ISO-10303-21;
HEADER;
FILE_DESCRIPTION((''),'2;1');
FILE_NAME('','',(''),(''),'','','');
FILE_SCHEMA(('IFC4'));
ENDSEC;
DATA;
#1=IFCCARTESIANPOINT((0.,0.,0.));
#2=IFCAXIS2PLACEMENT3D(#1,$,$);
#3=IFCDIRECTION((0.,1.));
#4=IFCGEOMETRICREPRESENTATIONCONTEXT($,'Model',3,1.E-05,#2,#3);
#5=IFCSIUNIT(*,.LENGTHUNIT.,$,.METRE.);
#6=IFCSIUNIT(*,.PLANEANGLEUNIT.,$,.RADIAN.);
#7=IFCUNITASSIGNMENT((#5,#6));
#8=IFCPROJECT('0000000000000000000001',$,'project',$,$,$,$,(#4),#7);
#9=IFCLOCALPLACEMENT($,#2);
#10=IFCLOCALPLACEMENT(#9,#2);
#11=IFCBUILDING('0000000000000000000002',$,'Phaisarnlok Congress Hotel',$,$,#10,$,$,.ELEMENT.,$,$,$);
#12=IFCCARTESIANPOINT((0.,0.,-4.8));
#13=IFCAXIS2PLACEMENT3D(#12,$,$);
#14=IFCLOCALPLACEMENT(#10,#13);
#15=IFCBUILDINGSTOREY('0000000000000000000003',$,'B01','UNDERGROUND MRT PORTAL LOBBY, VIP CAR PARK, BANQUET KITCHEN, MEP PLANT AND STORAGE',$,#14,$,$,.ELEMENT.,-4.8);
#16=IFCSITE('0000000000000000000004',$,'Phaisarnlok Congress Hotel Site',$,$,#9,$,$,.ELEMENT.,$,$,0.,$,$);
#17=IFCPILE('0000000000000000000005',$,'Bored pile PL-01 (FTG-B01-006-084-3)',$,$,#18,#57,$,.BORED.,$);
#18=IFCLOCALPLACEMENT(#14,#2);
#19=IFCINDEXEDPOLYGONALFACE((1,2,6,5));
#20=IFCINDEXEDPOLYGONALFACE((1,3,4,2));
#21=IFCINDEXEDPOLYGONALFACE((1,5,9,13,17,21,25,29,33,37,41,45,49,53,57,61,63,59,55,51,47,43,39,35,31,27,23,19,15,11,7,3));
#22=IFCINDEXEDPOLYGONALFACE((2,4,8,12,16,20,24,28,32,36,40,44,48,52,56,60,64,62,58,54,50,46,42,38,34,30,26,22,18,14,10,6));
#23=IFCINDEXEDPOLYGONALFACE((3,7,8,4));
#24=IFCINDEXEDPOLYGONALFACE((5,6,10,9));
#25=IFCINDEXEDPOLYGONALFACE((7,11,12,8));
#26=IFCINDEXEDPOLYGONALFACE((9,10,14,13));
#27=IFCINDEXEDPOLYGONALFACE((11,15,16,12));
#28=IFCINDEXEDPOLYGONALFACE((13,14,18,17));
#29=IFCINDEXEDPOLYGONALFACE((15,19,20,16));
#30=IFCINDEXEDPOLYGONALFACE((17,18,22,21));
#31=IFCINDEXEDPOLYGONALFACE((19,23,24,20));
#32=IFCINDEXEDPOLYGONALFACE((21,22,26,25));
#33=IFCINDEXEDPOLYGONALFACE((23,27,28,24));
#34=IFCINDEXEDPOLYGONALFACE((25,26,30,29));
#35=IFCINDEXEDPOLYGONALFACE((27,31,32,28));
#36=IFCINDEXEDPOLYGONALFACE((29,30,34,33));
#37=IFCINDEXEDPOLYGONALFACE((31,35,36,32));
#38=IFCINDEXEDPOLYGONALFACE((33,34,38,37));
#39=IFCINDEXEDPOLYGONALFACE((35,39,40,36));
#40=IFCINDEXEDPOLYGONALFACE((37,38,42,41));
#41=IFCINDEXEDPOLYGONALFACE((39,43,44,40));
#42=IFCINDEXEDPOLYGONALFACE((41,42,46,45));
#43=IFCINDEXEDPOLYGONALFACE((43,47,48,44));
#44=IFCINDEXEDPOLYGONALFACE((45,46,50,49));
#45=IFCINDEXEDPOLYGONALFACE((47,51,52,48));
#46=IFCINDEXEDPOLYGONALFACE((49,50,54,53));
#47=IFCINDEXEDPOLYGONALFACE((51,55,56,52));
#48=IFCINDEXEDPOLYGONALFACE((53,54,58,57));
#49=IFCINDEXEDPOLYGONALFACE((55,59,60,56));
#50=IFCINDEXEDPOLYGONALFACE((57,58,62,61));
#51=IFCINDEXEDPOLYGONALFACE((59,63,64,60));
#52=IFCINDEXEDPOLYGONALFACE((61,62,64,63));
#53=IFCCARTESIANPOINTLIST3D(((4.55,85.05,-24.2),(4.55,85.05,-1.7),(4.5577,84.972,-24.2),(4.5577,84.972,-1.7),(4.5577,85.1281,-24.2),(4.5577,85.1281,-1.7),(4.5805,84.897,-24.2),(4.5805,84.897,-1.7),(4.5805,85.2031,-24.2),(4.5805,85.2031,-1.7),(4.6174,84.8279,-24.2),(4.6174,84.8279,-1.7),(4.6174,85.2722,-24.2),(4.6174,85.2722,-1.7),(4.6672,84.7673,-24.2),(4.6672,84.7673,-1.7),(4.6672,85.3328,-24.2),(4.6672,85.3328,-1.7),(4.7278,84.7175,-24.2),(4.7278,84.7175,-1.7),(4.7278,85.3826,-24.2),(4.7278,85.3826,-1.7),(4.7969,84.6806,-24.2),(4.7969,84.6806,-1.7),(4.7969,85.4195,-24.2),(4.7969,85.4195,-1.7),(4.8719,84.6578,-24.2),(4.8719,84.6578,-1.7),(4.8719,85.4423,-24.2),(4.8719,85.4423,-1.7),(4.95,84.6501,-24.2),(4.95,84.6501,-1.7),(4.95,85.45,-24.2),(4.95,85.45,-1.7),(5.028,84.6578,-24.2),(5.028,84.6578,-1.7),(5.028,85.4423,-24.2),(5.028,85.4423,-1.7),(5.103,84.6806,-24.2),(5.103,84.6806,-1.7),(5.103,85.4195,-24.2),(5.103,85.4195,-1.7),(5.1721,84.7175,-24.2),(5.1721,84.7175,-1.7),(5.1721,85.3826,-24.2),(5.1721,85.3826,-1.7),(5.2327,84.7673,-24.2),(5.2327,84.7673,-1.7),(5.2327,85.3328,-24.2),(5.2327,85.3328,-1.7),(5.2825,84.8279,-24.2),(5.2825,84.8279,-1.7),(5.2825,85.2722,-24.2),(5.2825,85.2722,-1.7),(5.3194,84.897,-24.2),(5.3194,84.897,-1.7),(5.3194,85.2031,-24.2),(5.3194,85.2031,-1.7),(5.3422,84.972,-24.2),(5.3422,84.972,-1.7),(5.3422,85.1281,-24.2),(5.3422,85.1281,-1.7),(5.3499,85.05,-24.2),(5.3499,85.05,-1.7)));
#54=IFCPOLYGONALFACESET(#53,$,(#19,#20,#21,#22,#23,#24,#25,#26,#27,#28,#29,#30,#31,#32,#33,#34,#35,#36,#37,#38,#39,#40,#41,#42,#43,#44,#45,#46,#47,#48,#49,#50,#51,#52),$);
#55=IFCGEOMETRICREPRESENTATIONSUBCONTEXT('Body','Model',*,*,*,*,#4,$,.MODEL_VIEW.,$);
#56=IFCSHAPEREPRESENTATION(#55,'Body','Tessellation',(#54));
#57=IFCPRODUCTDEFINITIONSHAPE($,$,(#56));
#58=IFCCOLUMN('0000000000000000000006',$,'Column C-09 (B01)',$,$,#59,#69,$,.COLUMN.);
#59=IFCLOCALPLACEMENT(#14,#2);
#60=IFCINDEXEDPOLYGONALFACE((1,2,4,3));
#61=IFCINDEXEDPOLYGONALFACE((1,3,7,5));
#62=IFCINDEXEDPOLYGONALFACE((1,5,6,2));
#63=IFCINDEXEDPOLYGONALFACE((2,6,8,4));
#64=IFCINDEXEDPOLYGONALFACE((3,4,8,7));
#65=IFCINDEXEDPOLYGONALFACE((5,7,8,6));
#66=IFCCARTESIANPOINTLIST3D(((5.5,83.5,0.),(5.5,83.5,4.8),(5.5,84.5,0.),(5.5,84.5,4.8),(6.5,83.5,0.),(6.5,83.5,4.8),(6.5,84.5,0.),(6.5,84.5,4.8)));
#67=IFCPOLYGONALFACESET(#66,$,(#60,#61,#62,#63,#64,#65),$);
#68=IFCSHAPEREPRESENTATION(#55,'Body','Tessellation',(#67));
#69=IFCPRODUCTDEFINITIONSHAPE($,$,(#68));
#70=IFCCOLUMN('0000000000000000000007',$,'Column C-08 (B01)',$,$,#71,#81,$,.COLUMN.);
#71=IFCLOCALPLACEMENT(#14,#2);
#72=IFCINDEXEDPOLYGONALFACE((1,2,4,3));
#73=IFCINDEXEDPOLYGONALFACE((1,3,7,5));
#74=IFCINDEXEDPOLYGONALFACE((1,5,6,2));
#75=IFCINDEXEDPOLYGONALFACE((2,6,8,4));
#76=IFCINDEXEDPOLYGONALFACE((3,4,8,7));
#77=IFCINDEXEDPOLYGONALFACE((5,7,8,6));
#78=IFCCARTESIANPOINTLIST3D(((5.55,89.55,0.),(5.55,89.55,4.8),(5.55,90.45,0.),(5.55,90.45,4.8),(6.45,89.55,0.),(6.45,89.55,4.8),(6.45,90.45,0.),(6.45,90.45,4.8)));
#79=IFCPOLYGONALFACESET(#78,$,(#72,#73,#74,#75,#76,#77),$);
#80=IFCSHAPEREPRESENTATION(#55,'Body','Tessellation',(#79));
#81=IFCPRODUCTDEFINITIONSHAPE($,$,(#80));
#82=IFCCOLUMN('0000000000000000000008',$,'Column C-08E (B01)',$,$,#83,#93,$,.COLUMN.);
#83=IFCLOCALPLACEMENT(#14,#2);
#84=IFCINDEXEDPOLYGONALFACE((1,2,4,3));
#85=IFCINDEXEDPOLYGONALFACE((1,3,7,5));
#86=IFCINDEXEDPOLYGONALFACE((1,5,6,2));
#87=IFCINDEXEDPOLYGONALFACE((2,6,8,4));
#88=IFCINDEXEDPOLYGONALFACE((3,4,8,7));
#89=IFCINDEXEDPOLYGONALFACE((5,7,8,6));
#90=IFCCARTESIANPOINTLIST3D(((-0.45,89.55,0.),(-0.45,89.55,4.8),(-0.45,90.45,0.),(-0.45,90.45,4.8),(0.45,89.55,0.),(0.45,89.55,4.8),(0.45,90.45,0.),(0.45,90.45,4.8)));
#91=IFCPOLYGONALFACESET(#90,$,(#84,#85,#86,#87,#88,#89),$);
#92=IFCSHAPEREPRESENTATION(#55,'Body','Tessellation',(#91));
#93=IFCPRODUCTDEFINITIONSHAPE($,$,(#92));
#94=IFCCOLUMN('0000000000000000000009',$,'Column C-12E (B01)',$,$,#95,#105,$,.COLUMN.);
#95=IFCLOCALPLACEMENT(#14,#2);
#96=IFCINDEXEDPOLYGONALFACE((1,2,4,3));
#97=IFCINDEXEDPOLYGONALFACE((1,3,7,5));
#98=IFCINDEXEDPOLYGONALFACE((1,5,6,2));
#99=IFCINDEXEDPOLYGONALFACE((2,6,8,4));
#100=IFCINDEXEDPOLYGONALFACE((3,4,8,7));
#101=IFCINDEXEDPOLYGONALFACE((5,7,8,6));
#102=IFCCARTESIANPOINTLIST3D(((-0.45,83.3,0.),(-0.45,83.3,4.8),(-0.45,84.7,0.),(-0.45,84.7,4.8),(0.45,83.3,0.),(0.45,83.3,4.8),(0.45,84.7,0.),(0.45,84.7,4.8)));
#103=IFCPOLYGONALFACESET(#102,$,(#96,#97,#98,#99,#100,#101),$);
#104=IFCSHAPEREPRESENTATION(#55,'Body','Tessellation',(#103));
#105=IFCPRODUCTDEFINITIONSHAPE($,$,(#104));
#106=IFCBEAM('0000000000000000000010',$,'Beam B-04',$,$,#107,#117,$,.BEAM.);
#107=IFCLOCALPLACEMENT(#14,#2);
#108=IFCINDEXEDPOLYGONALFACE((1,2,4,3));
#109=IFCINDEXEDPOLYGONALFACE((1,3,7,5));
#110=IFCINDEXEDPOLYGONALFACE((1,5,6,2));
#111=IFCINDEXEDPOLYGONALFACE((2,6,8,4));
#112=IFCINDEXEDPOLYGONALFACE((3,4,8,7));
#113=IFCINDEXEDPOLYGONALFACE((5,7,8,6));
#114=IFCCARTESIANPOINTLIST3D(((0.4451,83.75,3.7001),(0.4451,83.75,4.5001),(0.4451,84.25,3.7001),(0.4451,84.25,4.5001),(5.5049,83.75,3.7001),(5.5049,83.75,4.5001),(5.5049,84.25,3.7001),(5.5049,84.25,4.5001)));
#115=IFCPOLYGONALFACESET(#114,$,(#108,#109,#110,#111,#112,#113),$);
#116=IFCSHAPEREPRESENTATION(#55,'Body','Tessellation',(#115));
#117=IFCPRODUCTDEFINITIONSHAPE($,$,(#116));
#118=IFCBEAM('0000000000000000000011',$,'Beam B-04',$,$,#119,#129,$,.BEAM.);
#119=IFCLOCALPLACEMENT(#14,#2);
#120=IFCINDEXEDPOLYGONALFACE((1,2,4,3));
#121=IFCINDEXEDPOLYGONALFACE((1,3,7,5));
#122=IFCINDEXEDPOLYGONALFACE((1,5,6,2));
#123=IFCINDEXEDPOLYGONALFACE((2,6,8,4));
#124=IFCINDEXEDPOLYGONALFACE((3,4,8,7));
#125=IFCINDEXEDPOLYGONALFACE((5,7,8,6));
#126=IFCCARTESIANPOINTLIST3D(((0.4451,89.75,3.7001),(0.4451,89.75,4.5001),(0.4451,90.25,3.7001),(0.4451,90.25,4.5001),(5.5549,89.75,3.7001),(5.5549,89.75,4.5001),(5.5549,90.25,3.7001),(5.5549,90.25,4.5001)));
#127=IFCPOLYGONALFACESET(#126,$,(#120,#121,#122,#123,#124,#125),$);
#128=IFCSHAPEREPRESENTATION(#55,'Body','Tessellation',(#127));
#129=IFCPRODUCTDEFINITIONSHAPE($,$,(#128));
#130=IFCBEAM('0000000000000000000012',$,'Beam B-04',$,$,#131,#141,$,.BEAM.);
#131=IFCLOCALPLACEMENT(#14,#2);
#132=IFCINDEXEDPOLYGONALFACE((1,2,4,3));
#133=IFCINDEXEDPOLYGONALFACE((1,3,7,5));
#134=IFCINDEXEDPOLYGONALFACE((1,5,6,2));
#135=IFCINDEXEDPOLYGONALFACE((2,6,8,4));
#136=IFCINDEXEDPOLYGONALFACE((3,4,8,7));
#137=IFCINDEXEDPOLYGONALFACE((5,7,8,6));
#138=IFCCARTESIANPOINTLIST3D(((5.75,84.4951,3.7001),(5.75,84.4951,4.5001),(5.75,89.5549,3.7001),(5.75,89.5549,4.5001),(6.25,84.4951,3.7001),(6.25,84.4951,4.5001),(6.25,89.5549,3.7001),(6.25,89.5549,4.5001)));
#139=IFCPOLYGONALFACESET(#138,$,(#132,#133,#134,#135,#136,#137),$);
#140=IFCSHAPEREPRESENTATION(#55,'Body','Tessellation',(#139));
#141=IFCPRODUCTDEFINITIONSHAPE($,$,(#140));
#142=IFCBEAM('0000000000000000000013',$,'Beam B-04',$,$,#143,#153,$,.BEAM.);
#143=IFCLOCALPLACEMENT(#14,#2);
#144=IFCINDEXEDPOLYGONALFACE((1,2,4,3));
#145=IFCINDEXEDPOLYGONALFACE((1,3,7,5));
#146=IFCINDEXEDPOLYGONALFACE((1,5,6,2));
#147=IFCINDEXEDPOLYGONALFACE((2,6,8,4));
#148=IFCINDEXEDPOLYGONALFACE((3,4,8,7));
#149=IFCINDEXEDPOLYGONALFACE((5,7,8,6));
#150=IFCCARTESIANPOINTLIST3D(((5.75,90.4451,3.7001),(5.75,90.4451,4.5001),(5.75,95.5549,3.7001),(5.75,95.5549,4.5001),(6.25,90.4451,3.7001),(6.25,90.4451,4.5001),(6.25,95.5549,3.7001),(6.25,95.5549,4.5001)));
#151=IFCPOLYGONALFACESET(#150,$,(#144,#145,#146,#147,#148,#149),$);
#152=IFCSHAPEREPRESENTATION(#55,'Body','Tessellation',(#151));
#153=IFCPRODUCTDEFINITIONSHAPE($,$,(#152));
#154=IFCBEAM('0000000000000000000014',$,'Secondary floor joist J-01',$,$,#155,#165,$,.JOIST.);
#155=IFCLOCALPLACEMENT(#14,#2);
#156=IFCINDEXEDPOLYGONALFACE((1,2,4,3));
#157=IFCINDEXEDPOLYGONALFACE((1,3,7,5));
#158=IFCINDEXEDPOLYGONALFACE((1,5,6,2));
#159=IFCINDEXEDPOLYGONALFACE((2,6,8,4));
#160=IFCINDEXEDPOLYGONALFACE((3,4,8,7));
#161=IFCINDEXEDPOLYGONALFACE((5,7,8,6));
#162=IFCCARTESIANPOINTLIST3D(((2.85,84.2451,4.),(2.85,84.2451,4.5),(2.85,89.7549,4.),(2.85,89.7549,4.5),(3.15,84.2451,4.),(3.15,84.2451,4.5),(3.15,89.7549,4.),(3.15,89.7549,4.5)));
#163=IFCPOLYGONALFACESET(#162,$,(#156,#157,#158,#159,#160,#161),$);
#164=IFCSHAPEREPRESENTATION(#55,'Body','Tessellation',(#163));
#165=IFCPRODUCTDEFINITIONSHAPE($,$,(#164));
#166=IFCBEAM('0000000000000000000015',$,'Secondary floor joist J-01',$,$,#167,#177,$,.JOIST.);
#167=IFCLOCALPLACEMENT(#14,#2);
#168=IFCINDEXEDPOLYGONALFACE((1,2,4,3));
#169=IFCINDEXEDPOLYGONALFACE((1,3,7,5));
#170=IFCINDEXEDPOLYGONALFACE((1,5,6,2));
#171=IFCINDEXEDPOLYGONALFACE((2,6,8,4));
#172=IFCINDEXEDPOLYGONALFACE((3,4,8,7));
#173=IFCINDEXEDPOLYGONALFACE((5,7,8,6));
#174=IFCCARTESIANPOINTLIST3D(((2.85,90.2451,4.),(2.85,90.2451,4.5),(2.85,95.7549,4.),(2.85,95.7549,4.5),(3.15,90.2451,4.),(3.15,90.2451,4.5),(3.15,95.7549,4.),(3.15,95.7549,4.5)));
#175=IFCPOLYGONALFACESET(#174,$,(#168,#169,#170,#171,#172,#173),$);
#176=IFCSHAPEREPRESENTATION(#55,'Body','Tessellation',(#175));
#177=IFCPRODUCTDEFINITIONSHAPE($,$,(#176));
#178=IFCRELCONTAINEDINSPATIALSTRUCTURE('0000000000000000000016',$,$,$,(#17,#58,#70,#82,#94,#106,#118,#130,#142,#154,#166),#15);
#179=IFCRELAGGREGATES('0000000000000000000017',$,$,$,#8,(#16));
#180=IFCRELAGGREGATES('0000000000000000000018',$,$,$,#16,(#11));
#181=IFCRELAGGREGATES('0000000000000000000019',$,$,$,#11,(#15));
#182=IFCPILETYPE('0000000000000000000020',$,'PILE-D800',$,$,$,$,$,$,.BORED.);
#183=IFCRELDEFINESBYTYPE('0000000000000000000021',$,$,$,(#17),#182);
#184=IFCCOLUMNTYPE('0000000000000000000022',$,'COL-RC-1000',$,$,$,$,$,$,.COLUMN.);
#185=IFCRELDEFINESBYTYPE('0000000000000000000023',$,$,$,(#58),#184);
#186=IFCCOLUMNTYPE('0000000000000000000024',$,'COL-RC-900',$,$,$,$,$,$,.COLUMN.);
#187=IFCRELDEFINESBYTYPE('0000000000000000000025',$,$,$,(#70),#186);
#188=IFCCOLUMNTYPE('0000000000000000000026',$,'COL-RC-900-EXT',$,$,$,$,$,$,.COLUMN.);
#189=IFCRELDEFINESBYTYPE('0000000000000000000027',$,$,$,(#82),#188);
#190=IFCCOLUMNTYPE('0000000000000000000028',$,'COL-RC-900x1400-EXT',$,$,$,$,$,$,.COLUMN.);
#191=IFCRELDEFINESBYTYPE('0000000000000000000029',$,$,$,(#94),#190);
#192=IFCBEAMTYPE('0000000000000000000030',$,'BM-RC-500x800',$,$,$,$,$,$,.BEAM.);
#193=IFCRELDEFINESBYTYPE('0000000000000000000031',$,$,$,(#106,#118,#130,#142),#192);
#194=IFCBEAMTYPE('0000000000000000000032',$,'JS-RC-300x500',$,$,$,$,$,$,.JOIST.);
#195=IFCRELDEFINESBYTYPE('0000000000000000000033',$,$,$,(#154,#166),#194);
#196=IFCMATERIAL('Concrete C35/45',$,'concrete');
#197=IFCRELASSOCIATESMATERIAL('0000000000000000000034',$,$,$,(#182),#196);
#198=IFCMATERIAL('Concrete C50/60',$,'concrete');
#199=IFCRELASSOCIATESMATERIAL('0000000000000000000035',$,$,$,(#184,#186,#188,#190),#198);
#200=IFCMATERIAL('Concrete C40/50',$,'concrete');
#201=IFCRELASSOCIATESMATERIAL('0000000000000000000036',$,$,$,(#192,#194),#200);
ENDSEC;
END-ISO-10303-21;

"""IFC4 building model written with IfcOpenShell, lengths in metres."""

from ifc_helpers import new_model, si_unit, direction, frame, origin, origin_2d, place, context, subcontext, project, spatial, rectangle, circle, extrude, material, material_profile, profile_set, type_object, element, save


model = new_model("IFC4")

# Units and contexts
model_context = context("Model", 3, precision=1e-05, world=origin(), true_north=direction((0.0, 1.0)))
body_context = subcontext(model_context, "Body", "Model", "MODEL_VIEW")
ifc_project = project(units=[si_unit("LENGTHUNIT", "METRE"), si_unit("PLANEANGLEUNIT", "RADIAN")], contexts=[model_context])

# Site, building, storey
site_placement = place(None, origin())
site = spatial("IfcSite", under=ifc_project, at=site_placement, Name="Phaisarnlok Congress Hotel Site", CompositionType="ELEMENT", RefElevation=0.0)
building_placement = place(site_placement, origin())
building = spatial("IfcBuilding", under=site, at=building_placement, Name="Phaisarnlok Congress Hotel", CompositionType="ELEMENT")
storey_placement = place(building_placement, frame((0.0, 0.0, -4.8)))
storey = spatial("IfcBuildingStorey", under=building, at=storey_placement, Name="B01", Description="UNDERGROUND MRT PORTAL LOBBY, VIP CAR PARK, BANQUET KITCHEN, MEP PLANT AND STORAGE", CompositionType="ELEMENT", Elevation=-4.8)

# Shared definitions
ifc_material_1 = material(Name="Concrete C40/50", Category="concrete")

# Pile
ifc_material_2 = material(Name="Concrete C35/45", Category="concrete")
ifc_material_profile_1 = material_profile(ifc_material_2, circle(Radius=0.3999, at=origin_2d()), Name="BORED PILE D800")
ifc_profile_set_1 = profile_set([ifc_material_profile_1], Name="Concrete C35/45")
pile_type_1 = type_object("IfcPileType", Name="PILE-D800", PredefinedType="BORED", material=ifc_profile_set_1)
for number, where, z_axis, x_axis, name in (
    (1, (4.95, 85.05, -1.7), (0.0, 0.0, -1.0), (1.0, 0.0, 0.0), "Bored pile PL-01 (FTG-B01-006-084-3)"),
):
    element("IfcPile", number, at=place(storey_placement, frame(where, z_axis=z_axis, x_axis=x_axis)), inside=storey, type_object=pile_type_1, Name=name, PredefinedType="BORED", context=body_context, shape_type="SweptSolid", body=[
        extrude(circle(Radius=0.3999, at=origin_2d()), origin(), (0.0, 0.0, 1.0), 22.5),
    ])

# Columns
ifc_material_3 = material(Name="Concrete C50/60", Category="concrete")
ifc_material_profile_2 = material_profile(ifc_material_3, rectangle(XDim=1.0, YDim=1.0, at=origin_2d()), Name="RC 1000x1000")
ifc_profile_set_2 = profile_set([ifc_material_profile_2], Name="Concrete C50/60")
column_type_1 = type_object("IfcColumnType", Name="COL-RC-1000", PredefinedType="COLUMN", material=ifc_profile_set_2)
column_1_placement = place(storey_placement, frame((6.0, 84.0, 0.0), z_axis=(0.0, 0.0, 1.0), x_axis=(1.0, 0.0, 0.0)))
element("IfcColumn", 2, at=column_1_placement, inside=storey, type_object=column_type_1, Name="Column C-09 (B01)", PredefinedType="COLUMN", context=body_context, shape_type="SweptSolid", body=[
    extrude(rectangle(XDim=1.0, YDim=1.0, at=origin_2d()), origin(), (0.0, 0.0, 1.0), 4.8),
])
ifc_material_profile_3 = material_profile(ifc_material_3, rectangle(XDim=0.8999, YDim=0.8999, at=origin_2d()), Name="RC 900x900")
ifc_profile_set_3 = profile_set([ifc_material_profile_3], Name="Concrete C50/60")
column_type_2 = type_object("IfcColumnType", Name="COL-RC-900", PredefinedType="COLUMN", material=ifc_profile_set_3)
column_2_placement = place(storey_placement, frame((6.0, 90.0, 0.0), z_axis=(0.0, 0.0, 1.0), x_axis=(1.0, 0.0, 0.0)))
element("IfcColumn", 3, at=column_2_placement, inside=storey, type_object=column_type_2, Name="Column C-08 (B01)", PredefinedType="COLUMN", context=body_context, shape_type="SweptSolid", body=[
    extrude(rectangle(XDim=0.8999, YDim=0.8999, at=origin_2d()), origin(), (0.0, 0.0, 1.0), 4.8),
])
ifc_material_profile_4 = material_profile(ifc_material_3, rectangle(XDim=0.8999, YDim=0.8999, at=origin_2d()), Name="RC 900x900")
ifc_profile_set_4 = profile_set([ifc_material_profile_4], Name="Concrete C50/60")
column_type_3 = type_object("IfcColumnType", Name="COL-RC-900-EXT", PredefinedType="COLUMN", material=ifc_profile_set_4)
column_3_placement = place(storey_placement, frame((0.0, 90.0, 0.0), z_axis=(0.0, 0.0, 1.0), x_axis=(1.0, 0.0, 0.0)))
element("IfcColumn", 4, at=column_3_placement, inside=storey, type_object=column_type_3, Name="Column C-08E (B01)", PredefinedType="COLUMN", context=body_context, shape_type="SweptSolid", body=[
    extrude(rectangle(XDim=0.8999, YDim=0.8999, at=origin_2d()), origin(), (0.0, 0.0, 1.0), 4.8),
])
ifc_material_profile_5 = material_profile(ifc_material_3, rectangle(XDim=0.8999, YDim=1.3999, at=origin_2d()), Name="RC 900x1400")
ifc_profile_set_5 = profile_set([ifc_material_profile_5], Name="Concrete C50/60")
column_type_4 = type_object("IfcColumnType", Name="COL-RC-900x1400-EXT", PredefinedType="COLUMN", material=ifc_profile_set_5)
column_4_placement = place(storey_placement, frame((0.0, 84.0, 0.0), z_axis=(0.0, 0.0, 1.0), x_axis=(1.0, 0.0, 0.0)))
element("IfcColumn", 5, at=column_4_placement, inside=storey, type_object=column_type_4, Name="Column C-12E (B01)", PredefinedType="COLUMN", context=body_context, shape_type="SweptSolid", body=[
    extrude(rectangle(XDim=0.8999, YDim=1.3999, at=origin_2d()), origin(), (0.0, 0.0, 1.0), 4.8),
])

# Beams
ifc_material_profile_6 = material_profile(ifc_material_1, rectangle(XDim=0.5, YDim=0.8, at=origin_2d()), Name="RC 500x800")
ifc_profile_set_6 = profile_set([ifc_material_profile_6], Name="Concrete C40/50")
beam_type_1 = type_object("IfcBeamType", Name="BM-RC-500x800", PredefinedType="BEAM", material=ifc_profile_set_6)
beam_1_placement = place(storey_placement, frame((0.4451, 84.0, 4.1001), z_axis=(1.0, 0.0, 0.0), x_axis=(0.0, 1.0, 0.0)))
element("IfcBeam", 6, at=beam_1_placement, inside=storey, type_object=beam_type_1, Name="Beam B-04", PredefinedType="BEAM", context=body_context, shape_type="SweptSolid", body=[
    extrude(rectangle(XDim=0.5, YDim=0.8, at=origin_2d()), origin(), (0.0, 0.0, 1.0), 5.0598),
])
beam_2_placement = place(storey_placement, frame((0.4451, 90.0, 4.1001), z_axis=(1.0, 0.0, 0.0), x_axis=(0.0, 1.0, 0.0)))
element("IfcBeam", 7, at=beam_2_placement, inside=storey, type_object=beam_type_1, Name="Beam B-04", PredefinedType="BEAM", context=body_context, shape_type="SweptSolid", body=[
    extrude(rectangle(XDim=0.5, YDim=0.8, at=origin_2d()), origin(), (0.0, 0.0, 1.0), 5.1099),
])
beam_3_placement = place(storey_placement, frame((6.0, 84.4951, 4.1001), z_axis=(0.0, 1.0, 0.0), x_axis=(-1.0, 0.0, 0.0)))
element("IfcBeam", 8, at=beam_3_placement, inside=storey, type_object=beam_type_1, Name="Beam B-04", PredefinedType="BEAM", context=body_context, shape_type="SweptSolid", body=[
    extrude(rectangle(XDim=0.5, YDim=0.8, at=origin_2d()), origin(), (0.0, 0.0, 1.0), 5.0598),
])
beam_4_placement = place(storey_placement, frame((6.0, 90.4451, 4.1001), z_axis=(0.0, 1.0, 0.0), x_axis=(-1.0, 0.0, 0.0)))
element("IfcBeam", 9, at=beam_4_placement, inside=storey, type_object=beam_type_1, Name="Beam B-04", PredefinedType="BEAM", context=body_context, shape_type="SweptSolid", body=[
    extrude(rectangle(XDim=0.5, YDim=0.8, at=origin_2d()), origin(), (0.0, 0.0, 1.0), 5.1099),
])
ifc_material_profile_7 = material_profile(ifc_material_1, rectangle(XDim=0.3, YDim=0.5, at=origin_2d()), Name="RC 300x500")
ifc_profile_set_7 = profile_set([ifc_material_profile_7], Name="Concrete C40/50")
beam_type_2 = type_object("IfcBeamType", Name="JS-RC-300x500", PredefinedType="JOIST", material=ifc_profile_set_7)
for number, where, z_axis, x_axis, name in (
    (10, (3.0, 84.2451, 4.25), (0.0, 1.0, 0.0), (-1.0, 0.0, 0.0), "Secondary floor joist J-01"),
    (11, (3.0, 90.2451, 4.25), (0.0, 1.0, 0.0), (-1.0, 0.0, 0.0), "Secondary floor joist J-01"),
):
    element("IfcBeam", number, at=place(storey_placement, frame(where, z_axis=z_axis, x_axis=x_axis)), inside=storey, type_object=beam_type_2, Name=name, PredefinedType="JOIST", context=body_context, shape_type="SweptSolid", body=[
        extrude(rectangle(XDim=0.3, YDim=0.5, at=origin_2d()), origin(), (0.0, 0.0, 1.0), 5.5098),
    ])

save(model, "model.ifc")
